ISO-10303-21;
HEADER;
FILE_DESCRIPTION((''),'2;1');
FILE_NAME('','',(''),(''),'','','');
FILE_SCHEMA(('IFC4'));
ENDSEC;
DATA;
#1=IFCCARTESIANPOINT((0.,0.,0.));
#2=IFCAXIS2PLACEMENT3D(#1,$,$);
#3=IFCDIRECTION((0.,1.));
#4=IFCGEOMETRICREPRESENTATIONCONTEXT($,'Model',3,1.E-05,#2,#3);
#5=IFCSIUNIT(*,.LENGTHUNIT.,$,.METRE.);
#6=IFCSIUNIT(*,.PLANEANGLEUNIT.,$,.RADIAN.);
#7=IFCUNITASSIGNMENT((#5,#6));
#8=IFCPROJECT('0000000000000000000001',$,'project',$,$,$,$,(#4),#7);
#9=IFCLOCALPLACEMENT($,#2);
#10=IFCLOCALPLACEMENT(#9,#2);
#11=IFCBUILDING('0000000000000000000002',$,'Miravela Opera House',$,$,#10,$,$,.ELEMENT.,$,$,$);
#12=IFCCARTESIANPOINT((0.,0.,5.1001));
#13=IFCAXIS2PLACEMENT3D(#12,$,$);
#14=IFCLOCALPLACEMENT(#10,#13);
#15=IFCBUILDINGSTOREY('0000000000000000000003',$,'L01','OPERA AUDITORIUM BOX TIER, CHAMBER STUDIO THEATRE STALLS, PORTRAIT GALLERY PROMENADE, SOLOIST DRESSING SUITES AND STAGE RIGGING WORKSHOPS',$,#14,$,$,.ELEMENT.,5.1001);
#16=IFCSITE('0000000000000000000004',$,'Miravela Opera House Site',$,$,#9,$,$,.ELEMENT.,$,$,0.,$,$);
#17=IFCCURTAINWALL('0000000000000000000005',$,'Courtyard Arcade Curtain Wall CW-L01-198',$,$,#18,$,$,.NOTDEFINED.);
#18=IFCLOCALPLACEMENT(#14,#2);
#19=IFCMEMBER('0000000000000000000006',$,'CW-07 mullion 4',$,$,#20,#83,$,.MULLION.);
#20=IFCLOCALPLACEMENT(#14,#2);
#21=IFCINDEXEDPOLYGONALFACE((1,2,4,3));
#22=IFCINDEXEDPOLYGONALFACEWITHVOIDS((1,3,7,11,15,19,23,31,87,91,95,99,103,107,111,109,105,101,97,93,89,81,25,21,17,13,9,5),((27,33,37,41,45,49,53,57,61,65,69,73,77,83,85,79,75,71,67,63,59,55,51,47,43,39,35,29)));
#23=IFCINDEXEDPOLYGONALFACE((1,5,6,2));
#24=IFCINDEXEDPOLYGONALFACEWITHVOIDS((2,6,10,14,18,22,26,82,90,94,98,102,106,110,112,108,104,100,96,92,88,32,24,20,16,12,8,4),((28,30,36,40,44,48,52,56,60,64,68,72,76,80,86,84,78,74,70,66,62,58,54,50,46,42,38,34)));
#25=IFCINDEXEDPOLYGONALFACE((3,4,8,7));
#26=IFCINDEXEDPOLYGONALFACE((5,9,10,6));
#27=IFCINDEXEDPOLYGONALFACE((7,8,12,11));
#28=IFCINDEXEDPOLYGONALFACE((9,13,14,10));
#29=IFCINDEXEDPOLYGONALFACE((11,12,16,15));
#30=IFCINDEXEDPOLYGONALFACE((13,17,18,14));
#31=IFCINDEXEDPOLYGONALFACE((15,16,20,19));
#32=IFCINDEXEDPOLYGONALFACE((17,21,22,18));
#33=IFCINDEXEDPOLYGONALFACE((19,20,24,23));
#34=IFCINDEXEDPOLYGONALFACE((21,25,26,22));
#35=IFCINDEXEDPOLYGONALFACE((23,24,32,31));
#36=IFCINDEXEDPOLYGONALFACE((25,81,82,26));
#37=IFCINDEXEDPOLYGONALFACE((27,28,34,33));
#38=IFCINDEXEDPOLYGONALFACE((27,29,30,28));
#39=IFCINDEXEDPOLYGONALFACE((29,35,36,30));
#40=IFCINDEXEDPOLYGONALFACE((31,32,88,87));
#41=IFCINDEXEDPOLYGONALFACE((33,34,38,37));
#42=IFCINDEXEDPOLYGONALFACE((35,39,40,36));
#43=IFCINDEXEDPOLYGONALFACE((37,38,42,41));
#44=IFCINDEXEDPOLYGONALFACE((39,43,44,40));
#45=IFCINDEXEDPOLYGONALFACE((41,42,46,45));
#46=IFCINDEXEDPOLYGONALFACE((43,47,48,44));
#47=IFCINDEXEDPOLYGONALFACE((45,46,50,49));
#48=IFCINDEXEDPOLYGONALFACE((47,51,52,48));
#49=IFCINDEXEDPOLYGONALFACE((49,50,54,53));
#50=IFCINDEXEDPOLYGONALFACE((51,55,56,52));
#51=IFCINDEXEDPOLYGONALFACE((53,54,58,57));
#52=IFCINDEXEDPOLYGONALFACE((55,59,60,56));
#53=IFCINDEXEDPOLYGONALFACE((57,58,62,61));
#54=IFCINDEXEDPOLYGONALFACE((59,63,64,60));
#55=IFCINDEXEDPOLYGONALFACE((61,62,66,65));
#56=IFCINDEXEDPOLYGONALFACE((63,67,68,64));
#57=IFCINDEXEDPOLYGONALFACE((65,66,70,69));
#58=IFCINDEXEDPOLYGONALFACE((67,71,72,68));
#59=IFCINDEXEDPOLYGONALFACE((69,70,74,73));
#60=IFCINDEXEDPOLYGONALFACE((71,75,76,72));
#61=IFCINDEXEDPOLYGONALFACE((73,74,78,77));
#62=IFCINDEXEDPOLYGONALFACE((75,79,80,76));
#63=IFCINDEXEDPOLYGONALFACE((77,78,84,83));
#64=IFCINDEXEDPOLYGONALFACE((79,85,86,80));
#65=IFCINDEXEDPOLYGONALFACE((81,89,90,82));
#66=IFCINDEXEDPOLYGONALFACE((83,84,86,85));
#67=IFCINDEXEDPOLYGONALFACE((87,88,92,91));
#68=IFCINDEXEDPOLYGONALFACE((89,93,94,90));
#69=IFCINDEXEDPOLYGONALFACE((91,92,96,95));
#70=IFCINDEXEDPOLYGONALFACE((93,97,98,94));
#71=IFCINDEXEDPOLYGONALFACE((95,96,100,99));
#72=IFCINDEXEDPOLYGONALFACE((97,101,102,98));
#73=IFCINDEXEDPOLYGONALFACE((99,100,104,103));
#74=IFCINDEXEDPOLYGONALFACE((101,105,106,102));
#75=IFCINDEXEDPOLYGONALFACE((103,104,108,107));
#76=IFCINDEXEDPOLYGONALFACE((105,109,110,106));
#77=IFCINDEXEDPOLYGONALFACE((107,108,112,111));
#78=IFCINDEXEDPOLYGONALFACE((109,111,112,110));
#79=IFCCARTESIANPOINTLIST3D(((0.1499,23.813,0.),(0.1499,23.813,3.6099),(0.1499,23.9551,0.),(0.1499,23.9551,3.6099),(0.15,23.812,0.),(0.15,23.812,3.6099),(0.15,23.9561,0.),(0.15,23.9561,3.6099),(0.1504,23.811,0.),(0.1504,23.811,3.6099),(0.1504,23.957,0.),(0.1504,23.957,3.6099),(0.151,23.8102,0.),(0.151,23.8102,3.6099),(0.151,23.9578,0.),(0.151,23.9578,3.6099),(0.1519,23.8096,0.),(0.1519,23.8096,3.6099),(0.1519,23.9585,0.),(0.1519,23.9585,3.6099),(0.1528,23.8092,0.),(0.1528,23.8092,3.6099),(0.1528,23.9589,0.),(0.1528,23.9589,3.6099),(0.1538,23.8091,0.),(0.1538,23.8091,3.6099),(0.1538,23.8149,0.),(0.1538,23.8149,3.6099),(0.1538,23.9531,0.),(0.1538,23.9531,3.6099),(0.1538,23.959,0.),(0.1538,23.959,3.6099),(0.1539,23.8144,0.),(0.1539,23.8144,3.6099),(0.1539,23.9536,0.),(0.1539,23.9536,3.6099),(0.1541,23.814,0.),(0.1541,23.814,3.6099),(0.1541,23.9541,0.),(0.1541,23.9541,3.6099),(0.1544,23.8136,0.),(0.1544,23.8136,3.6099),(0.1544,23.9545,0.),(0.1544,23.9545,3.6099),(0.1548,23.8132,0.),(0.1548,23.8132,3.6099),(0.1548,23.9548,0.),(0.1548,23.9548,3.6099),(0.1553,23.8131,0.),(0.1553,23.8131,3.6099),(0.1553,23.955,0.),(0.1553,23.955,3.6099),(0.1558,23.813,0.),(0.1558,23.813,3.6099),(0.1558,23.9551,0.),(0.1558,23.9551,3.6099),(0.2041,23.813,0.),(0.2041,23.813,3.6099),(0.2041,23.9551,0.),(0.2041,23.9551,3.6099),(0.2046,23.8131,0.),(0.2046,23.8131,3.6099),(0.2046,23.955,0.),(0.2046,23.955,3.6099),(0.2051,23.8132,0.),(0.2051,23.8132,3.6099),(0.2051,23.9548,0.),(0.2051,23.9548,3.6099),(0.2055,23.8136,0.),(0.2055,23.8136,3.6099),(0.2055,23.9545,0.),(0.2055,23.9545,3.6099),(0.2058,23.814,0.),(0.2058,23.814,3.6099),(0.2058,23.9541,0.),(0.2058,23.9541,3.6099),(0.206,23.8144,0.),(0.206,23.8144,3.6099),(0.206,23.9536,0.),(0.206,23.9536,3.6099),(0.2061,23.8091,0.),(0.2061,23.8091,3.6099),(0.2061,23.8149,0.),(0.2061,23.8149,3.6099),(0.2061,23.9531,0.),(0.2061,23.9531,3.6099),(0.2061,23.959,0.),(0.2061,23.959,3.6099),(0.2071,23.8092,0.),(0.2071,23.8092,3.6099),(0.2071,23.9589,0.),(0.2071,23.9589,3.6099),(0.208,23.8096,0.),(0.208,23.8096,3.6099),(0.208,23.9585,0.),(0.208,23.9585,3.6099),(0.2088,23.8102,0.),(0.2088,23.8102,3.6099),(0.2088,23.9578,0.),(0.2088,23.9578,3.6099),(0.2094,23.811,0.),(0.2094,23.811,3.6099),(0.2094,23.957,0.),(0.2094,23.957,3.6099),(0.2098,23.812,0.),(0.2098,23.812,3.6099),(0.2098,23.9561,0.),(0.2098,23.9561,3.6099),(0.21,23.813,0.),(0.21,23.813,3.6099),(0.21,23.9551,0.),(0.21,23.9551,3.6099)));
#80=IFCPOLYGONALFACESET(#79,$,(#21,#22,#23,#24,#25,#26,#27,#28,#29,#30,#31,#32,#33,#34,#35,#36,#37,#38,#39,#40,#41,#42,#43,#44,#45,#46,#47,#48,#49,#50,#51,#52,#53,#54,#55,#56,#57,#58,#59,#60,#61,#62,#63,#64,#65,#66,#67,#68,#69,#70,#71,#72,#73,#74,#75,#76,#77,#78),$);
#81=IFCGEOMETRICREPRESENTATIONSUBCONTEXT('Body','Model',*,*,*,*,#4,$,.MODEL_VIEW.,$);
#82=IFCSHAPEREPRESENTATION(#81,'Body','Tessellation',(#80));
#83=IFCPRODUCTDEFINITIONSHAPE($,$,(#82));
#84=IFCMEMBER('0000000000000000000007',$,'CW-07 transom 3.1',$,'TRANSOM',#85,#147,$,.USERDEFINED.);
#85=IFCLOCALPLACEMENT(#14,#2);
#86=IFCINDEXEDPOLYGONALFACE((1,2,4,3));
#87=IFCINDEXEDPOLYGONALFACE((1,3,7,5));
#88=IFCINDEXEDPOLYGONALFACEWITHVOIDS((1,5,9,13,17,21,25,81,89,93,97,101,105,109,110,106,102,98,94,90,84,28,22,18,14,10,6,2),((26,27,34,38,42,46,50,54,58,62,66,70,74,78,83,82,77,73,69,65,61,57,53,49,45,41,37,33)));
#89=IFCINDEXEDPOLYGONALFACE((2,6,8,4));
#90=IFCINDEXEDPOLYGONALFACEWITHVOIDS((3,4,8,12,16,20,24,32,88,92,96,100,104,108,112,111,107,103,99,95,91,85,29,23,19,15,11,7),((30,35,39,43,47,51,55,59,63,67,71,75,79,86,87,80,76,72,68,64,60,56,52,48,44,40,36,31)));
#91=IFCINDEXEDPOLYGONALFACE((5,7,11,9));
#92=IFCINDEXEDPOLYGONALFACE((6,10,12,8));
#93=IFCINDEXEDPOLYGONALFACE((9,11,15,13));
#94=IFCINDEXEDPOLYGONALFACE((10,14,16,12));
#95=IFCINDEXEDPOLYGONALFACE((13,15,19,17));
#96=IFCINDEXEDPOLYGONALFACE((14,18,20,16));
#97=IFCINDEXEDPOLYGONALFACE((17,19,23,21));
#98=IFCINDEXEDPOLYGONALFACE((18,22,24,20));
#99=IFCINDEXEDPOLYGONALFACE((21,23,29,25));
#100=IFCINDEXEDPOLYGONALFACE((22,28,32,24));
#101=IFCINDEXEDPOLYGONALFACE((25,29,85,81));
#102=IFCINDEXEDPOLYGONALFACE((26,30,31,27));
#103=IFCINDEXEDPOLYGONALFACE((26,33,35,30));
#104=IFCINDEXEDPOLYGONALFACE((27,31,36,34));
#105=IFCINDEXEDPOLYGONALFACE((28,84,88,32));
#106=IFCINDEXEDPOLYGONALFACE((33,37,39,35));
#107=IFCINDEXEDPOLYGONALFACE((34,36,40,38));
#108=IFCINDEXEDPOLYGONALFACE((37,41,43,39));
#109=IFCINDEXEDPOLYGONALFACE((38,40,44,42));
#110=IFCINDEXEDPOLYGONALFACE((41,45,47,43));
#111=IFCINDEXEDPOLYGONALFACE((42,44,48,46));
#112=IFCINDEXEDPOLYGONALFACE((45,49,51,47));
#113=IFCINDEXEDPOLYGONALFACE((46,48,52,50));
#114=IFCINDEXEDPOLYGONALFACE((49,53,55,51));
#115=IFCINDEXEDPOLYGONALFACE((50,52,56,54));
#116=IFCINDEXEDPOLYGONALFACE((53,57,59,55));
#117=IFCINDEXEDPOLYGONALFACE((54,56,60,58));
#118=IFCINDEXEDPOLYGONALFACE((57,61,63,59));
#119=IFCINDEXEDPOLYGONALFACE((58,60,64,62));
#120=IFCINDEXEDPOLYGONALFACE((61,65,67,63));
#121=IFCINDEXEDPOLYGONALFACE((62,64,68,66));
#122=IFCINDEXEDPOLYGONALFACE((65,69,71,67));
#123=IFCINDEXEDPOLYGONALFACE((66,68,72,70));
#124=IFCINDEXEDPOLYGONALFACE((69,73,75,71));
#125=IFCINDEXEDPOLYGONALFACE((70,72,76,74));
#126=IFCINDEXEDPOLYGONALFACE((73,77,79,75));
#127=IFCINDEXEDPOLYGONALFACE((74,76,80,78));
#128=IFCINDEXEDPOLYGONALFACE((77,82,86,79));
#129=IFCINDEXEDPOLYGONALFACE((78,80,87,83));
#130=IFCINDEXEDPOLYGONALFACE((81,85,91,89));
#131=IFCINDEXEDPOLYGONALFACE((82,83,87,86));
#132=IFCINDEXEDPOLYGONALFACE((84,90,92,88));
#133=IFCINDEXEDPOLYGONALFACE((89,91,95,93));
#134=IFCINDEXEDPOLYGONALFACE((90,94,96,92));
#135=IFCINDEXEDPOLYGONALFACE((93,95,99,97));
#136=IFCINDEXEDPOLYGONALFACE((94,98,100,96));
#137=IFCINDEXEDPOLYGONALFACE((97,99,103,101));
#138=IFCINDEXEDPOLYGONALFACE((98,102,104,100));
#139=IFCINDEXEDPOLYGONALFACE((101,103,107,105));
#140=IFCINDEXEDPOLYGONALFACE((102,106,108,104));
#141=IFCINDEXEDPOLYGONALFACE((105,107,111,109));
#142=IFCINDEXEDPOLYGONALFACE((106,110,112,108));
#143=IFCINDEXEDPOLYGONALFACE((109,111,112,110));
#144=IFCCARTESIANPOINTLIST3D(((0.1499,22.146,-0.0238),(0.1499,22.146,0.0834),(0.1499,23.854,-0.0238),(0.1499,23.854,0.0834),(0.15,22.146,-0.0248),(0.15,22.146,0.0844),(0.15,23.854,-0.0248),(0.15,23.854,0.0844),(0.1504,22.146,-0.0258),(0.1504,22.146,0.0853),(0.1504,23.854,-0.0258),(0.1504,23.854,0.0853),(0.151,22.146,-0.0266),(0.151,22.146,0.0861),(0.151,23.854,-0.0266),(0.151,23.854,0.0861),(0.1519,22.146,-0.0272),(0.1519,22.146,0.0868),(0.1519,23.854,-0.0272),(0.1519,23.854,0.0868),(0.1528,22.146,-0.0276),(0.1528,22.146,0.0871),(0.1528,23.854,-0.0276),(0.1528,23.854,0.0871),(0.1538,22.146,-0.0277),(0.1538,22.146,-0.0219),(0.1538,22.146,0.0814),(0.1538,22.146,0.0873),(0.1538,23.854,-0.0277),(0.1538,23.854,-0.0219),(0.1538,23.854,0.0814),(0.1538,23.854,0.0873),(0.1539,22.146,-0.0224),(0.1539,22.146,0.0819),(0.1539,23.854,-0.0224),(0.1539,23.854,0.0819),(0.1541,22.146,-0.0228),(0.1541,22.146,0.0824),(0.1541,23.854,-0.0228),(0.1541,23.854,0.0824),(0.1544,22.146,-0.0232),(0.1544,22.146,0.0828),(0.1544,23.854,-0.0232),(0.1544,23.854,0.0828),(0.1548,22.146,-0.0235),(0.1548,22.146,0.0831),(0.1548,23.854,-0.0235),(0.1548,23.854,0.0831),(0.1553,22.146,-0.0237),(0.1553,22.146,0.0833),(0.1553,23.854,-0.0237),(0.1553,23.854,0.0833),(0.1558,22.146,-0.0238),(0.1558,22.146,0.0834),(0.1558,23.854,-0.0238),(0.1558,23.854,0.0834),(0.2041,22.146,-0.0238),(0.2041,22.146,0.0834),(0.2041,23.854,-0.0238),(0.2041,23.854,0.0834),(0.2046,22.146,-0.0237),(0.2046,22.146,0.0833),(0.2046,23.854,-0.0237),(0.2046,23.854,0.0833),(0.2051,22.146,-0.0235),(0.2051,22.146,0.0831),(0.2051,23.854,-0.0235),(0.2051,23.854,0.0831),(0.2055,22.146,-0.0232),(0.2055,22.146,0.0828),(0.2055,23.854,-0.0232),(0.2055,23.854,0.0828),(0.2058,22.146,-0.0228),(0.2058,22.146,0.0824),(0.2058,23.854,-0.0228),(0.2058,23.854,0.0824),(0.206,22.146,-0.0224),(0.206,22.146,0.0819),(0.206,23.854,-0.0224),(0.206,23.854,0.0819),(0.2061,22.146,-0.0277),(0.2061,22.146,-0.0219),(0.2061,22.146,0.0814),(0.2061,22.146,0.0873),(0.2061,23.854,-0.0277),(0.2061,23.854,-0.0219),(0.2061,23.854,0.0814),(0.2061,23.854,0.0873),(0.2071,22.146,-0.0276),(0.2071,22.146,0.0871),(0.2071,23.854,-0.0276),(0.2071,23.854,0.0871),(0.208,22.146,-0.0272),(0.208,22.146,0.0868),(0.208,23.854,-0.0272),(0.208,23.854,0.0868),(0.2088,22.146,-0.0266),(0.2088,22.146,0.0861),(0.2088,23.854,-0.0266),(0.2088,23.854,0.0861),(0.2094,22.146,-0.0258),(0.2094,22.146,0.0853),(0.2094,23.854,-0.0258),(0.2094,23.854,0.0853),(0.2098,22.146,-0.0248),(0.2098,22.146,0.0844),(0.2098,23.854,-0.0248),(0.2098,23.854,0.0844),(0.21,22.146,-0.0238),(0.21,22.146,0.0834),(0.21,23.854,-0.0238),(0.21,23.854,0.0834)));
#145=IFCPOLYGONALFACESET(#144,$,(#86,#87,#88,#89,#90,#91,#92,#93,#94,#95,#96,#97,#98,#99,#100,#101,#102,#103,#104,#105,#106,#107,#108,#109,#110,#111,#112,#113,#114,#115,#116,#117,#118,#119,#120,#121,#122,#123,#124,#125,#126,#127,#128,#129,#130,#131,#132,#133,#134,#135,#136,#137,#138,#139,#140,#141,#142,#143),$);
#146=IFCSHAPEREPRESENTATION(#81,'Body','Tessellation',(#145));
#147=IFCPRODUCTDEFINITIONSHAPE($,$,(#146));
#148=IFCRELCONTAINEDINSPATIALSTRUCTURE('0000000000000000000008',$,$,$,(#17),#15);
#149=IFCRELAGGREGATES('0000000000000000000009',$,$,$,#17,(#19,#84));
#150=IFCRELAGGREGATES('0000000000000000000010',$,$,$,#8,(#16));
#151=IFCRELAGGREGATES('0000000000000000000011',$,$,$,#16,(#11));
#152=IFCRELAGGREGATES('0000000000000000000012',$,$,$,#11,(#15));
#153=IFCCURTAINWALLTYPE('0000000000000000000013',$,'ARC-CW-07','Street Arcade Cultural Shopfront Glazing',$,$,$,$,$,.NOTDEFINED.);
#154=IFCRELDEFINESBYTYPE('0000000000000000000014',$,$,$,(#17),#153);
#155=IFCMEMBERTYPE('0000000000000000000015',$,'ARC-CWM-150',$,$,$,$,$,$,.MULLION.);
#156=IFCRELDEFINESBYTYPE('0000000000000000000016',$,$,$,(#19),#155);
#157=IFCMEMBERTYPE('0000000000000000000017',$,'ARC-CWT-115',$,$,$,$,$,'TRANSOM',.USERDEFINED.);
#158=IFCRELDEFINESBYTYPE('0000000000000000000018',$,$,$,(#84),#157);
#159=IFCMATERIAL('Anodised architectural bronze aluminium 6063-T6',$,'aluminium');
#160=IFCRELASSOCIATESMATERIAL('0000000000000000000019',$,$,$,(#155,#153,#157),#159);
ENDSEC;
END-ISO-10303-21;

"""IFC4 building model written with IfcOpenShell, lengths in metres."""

from ifc_helpers import new_model, si_unit, direction, frame, origin, origin_2d, place, context, subcontext, project, spatial, hollow_rectangle, extrude, material, material_profile, profile_set, type_object, element, aggregate, save


model = new_model("IFC4")

# Units and contexts
model_context = context("Model", 3, precision=1e-05, world=origin(), true_north=direction((0.0, 1.0)))
body_context = subcontext(model_context, "Body", "Model", "MODEL_VIEW")
ifc_project = project(units=[si_unit("LENGTHUNIT", "METRE"), si_unit("PLANEANGLEUNIT", "RADIAN")], contexts=[model_context])

# Site, building, storey
site_placement = place(None, origin())
site = spatial("IfcSite", under=ifc_project, at=site_placement, Name="Miravela Opera House Site", CompositionType="ELEMENT", RefElevation=0.0)
building_placement = place(site_placement, origin())
building = spatial("IfcBuilding", under=site, at=building_placement, Name="Miravela Opera House", CompositionType="ELEMENT")
storey_placement = place(building_placement, frame((0.0, 0.0, 5.1001)))
storey = spatial("IfcBuildingStorey", under=building, at=storey_placement, Name="L01", Description="OPERA AUDITORIUM BOX TIER, CHAMBER STUDIO THEATRE STALLS, PORTRAIT GALLERY PROMENADE, SOLOIST DRESSING SUITES AND STAGE RIGGING WORKSHOPS", CompositionType="ELEMENT", Elevation=5.1001)

# Shared definitions
ifc_material_1 = material(Name="Anodised architectural bronze aluminium 6063-T6", Category="aluminium")
ifc_material_profile_1 = material_profile(ifc_material_1, hollow_rectangle(XDim=0.0601, YDim=0.1499, WallThickness=0.0039, InnerFilletRadius=0.002, OuterFilletRadius=0.0039, at=origin_2d()), Name="CWM-60X150")
ifc_profile_set_1 = profile_set([ifc_material_profile_1])
member_type_1 = type_object("IfcMemberType", Name="ARC-CWM-150", PredefinedType="MULLION", material=ifc_profile_set_1)

# Curtain wall, members
curtain_wall_type_1 = type_object("IfcCurtainWallType", Name="ARC-CW-07", Description="Street Arcade Cultural Shopfront Glazing", PredefinedType="NOTDEFINED", material=ifc_material_1)
curtain_wall_1_placement = place(storey_placement, origin())
curtain_wall_1 = element("IfcCurtainWall", 1, at=curtain_wall_1_placement, inside=storey, type_object=curtain_wall_type_1, Name="Courtyard Arcade Curtain Wall CW-L01-198", PredefinedType="NOTDEFINED")
member_1_placement = place(storey_placement, frame((0.1799, 23.884, 0.0), z_axis=(0.0, 0.0, 1.0), x_axis=(-1.0, 0.0, 0.0)))
member_1 = element("IfcMember", 2, at=member_1_placement, type_object=member_type_1, Name="CW-07 mullion 4", PredefinedType="MULLION", context=body_context, shape_type="SweptSolid", body=[
    extrude(hollow_rectangle(XDim=0.0601, YDim=0.1499, WallThickness=0.0039, InnerFilletRadius=0.002, OuterFilletRadius=0.0039, at=origin_2d()), origin(), (0.0, 0.0, 1.0), 3.6099),
])
ifc_material_profile_2 = material_profile(ifc_material_1, hollow_rectangle(XDim=0.0601, YDim=0.115, WallThickness=0.0039, InnerFilletRadius=0.002, OuterFilletRadius=0.0039, at=origin_2d()), Name="CWT-60X115")
ifc_profile_set_2 = profile_set([ifc_material_profile_2])
member_type_2 = type_object("IfcMemberType", Name="ARC-CWT-115", ElementType="TRANSOM", PredefinedType="USERDEFINED", material=ifc_profile_set_2)
member_2_placement = place(storey_placement, frame((0.1799, 22.146, 0.0298), z_axis=(0.0, 1.0, 0.0), x_axis=(-1.0, 0.0, 0.0)))
member_2 = element("IfcMember", 3, at=member_2_placement, type_object=member_type_2, Name="CW-07 transom 3.1", ObjectType="TRANSOM", PredefinedType="USERDEFINED", context=body_context, shape_type="SweptSolid", body=[
    extrude(hollow_rectangle(XDim=0.0601, YDim=0.115, WallThickness=0.0039, InnerFilletRadius=0.002, OuterFilletRadius=0.0039, at=origin_2d()), origin(), (0.0, 0.0, 1.0), 1.708),
])

aggregate(curtain_wall_1, [member_1, member_2])

save(model, "model.ifc")
